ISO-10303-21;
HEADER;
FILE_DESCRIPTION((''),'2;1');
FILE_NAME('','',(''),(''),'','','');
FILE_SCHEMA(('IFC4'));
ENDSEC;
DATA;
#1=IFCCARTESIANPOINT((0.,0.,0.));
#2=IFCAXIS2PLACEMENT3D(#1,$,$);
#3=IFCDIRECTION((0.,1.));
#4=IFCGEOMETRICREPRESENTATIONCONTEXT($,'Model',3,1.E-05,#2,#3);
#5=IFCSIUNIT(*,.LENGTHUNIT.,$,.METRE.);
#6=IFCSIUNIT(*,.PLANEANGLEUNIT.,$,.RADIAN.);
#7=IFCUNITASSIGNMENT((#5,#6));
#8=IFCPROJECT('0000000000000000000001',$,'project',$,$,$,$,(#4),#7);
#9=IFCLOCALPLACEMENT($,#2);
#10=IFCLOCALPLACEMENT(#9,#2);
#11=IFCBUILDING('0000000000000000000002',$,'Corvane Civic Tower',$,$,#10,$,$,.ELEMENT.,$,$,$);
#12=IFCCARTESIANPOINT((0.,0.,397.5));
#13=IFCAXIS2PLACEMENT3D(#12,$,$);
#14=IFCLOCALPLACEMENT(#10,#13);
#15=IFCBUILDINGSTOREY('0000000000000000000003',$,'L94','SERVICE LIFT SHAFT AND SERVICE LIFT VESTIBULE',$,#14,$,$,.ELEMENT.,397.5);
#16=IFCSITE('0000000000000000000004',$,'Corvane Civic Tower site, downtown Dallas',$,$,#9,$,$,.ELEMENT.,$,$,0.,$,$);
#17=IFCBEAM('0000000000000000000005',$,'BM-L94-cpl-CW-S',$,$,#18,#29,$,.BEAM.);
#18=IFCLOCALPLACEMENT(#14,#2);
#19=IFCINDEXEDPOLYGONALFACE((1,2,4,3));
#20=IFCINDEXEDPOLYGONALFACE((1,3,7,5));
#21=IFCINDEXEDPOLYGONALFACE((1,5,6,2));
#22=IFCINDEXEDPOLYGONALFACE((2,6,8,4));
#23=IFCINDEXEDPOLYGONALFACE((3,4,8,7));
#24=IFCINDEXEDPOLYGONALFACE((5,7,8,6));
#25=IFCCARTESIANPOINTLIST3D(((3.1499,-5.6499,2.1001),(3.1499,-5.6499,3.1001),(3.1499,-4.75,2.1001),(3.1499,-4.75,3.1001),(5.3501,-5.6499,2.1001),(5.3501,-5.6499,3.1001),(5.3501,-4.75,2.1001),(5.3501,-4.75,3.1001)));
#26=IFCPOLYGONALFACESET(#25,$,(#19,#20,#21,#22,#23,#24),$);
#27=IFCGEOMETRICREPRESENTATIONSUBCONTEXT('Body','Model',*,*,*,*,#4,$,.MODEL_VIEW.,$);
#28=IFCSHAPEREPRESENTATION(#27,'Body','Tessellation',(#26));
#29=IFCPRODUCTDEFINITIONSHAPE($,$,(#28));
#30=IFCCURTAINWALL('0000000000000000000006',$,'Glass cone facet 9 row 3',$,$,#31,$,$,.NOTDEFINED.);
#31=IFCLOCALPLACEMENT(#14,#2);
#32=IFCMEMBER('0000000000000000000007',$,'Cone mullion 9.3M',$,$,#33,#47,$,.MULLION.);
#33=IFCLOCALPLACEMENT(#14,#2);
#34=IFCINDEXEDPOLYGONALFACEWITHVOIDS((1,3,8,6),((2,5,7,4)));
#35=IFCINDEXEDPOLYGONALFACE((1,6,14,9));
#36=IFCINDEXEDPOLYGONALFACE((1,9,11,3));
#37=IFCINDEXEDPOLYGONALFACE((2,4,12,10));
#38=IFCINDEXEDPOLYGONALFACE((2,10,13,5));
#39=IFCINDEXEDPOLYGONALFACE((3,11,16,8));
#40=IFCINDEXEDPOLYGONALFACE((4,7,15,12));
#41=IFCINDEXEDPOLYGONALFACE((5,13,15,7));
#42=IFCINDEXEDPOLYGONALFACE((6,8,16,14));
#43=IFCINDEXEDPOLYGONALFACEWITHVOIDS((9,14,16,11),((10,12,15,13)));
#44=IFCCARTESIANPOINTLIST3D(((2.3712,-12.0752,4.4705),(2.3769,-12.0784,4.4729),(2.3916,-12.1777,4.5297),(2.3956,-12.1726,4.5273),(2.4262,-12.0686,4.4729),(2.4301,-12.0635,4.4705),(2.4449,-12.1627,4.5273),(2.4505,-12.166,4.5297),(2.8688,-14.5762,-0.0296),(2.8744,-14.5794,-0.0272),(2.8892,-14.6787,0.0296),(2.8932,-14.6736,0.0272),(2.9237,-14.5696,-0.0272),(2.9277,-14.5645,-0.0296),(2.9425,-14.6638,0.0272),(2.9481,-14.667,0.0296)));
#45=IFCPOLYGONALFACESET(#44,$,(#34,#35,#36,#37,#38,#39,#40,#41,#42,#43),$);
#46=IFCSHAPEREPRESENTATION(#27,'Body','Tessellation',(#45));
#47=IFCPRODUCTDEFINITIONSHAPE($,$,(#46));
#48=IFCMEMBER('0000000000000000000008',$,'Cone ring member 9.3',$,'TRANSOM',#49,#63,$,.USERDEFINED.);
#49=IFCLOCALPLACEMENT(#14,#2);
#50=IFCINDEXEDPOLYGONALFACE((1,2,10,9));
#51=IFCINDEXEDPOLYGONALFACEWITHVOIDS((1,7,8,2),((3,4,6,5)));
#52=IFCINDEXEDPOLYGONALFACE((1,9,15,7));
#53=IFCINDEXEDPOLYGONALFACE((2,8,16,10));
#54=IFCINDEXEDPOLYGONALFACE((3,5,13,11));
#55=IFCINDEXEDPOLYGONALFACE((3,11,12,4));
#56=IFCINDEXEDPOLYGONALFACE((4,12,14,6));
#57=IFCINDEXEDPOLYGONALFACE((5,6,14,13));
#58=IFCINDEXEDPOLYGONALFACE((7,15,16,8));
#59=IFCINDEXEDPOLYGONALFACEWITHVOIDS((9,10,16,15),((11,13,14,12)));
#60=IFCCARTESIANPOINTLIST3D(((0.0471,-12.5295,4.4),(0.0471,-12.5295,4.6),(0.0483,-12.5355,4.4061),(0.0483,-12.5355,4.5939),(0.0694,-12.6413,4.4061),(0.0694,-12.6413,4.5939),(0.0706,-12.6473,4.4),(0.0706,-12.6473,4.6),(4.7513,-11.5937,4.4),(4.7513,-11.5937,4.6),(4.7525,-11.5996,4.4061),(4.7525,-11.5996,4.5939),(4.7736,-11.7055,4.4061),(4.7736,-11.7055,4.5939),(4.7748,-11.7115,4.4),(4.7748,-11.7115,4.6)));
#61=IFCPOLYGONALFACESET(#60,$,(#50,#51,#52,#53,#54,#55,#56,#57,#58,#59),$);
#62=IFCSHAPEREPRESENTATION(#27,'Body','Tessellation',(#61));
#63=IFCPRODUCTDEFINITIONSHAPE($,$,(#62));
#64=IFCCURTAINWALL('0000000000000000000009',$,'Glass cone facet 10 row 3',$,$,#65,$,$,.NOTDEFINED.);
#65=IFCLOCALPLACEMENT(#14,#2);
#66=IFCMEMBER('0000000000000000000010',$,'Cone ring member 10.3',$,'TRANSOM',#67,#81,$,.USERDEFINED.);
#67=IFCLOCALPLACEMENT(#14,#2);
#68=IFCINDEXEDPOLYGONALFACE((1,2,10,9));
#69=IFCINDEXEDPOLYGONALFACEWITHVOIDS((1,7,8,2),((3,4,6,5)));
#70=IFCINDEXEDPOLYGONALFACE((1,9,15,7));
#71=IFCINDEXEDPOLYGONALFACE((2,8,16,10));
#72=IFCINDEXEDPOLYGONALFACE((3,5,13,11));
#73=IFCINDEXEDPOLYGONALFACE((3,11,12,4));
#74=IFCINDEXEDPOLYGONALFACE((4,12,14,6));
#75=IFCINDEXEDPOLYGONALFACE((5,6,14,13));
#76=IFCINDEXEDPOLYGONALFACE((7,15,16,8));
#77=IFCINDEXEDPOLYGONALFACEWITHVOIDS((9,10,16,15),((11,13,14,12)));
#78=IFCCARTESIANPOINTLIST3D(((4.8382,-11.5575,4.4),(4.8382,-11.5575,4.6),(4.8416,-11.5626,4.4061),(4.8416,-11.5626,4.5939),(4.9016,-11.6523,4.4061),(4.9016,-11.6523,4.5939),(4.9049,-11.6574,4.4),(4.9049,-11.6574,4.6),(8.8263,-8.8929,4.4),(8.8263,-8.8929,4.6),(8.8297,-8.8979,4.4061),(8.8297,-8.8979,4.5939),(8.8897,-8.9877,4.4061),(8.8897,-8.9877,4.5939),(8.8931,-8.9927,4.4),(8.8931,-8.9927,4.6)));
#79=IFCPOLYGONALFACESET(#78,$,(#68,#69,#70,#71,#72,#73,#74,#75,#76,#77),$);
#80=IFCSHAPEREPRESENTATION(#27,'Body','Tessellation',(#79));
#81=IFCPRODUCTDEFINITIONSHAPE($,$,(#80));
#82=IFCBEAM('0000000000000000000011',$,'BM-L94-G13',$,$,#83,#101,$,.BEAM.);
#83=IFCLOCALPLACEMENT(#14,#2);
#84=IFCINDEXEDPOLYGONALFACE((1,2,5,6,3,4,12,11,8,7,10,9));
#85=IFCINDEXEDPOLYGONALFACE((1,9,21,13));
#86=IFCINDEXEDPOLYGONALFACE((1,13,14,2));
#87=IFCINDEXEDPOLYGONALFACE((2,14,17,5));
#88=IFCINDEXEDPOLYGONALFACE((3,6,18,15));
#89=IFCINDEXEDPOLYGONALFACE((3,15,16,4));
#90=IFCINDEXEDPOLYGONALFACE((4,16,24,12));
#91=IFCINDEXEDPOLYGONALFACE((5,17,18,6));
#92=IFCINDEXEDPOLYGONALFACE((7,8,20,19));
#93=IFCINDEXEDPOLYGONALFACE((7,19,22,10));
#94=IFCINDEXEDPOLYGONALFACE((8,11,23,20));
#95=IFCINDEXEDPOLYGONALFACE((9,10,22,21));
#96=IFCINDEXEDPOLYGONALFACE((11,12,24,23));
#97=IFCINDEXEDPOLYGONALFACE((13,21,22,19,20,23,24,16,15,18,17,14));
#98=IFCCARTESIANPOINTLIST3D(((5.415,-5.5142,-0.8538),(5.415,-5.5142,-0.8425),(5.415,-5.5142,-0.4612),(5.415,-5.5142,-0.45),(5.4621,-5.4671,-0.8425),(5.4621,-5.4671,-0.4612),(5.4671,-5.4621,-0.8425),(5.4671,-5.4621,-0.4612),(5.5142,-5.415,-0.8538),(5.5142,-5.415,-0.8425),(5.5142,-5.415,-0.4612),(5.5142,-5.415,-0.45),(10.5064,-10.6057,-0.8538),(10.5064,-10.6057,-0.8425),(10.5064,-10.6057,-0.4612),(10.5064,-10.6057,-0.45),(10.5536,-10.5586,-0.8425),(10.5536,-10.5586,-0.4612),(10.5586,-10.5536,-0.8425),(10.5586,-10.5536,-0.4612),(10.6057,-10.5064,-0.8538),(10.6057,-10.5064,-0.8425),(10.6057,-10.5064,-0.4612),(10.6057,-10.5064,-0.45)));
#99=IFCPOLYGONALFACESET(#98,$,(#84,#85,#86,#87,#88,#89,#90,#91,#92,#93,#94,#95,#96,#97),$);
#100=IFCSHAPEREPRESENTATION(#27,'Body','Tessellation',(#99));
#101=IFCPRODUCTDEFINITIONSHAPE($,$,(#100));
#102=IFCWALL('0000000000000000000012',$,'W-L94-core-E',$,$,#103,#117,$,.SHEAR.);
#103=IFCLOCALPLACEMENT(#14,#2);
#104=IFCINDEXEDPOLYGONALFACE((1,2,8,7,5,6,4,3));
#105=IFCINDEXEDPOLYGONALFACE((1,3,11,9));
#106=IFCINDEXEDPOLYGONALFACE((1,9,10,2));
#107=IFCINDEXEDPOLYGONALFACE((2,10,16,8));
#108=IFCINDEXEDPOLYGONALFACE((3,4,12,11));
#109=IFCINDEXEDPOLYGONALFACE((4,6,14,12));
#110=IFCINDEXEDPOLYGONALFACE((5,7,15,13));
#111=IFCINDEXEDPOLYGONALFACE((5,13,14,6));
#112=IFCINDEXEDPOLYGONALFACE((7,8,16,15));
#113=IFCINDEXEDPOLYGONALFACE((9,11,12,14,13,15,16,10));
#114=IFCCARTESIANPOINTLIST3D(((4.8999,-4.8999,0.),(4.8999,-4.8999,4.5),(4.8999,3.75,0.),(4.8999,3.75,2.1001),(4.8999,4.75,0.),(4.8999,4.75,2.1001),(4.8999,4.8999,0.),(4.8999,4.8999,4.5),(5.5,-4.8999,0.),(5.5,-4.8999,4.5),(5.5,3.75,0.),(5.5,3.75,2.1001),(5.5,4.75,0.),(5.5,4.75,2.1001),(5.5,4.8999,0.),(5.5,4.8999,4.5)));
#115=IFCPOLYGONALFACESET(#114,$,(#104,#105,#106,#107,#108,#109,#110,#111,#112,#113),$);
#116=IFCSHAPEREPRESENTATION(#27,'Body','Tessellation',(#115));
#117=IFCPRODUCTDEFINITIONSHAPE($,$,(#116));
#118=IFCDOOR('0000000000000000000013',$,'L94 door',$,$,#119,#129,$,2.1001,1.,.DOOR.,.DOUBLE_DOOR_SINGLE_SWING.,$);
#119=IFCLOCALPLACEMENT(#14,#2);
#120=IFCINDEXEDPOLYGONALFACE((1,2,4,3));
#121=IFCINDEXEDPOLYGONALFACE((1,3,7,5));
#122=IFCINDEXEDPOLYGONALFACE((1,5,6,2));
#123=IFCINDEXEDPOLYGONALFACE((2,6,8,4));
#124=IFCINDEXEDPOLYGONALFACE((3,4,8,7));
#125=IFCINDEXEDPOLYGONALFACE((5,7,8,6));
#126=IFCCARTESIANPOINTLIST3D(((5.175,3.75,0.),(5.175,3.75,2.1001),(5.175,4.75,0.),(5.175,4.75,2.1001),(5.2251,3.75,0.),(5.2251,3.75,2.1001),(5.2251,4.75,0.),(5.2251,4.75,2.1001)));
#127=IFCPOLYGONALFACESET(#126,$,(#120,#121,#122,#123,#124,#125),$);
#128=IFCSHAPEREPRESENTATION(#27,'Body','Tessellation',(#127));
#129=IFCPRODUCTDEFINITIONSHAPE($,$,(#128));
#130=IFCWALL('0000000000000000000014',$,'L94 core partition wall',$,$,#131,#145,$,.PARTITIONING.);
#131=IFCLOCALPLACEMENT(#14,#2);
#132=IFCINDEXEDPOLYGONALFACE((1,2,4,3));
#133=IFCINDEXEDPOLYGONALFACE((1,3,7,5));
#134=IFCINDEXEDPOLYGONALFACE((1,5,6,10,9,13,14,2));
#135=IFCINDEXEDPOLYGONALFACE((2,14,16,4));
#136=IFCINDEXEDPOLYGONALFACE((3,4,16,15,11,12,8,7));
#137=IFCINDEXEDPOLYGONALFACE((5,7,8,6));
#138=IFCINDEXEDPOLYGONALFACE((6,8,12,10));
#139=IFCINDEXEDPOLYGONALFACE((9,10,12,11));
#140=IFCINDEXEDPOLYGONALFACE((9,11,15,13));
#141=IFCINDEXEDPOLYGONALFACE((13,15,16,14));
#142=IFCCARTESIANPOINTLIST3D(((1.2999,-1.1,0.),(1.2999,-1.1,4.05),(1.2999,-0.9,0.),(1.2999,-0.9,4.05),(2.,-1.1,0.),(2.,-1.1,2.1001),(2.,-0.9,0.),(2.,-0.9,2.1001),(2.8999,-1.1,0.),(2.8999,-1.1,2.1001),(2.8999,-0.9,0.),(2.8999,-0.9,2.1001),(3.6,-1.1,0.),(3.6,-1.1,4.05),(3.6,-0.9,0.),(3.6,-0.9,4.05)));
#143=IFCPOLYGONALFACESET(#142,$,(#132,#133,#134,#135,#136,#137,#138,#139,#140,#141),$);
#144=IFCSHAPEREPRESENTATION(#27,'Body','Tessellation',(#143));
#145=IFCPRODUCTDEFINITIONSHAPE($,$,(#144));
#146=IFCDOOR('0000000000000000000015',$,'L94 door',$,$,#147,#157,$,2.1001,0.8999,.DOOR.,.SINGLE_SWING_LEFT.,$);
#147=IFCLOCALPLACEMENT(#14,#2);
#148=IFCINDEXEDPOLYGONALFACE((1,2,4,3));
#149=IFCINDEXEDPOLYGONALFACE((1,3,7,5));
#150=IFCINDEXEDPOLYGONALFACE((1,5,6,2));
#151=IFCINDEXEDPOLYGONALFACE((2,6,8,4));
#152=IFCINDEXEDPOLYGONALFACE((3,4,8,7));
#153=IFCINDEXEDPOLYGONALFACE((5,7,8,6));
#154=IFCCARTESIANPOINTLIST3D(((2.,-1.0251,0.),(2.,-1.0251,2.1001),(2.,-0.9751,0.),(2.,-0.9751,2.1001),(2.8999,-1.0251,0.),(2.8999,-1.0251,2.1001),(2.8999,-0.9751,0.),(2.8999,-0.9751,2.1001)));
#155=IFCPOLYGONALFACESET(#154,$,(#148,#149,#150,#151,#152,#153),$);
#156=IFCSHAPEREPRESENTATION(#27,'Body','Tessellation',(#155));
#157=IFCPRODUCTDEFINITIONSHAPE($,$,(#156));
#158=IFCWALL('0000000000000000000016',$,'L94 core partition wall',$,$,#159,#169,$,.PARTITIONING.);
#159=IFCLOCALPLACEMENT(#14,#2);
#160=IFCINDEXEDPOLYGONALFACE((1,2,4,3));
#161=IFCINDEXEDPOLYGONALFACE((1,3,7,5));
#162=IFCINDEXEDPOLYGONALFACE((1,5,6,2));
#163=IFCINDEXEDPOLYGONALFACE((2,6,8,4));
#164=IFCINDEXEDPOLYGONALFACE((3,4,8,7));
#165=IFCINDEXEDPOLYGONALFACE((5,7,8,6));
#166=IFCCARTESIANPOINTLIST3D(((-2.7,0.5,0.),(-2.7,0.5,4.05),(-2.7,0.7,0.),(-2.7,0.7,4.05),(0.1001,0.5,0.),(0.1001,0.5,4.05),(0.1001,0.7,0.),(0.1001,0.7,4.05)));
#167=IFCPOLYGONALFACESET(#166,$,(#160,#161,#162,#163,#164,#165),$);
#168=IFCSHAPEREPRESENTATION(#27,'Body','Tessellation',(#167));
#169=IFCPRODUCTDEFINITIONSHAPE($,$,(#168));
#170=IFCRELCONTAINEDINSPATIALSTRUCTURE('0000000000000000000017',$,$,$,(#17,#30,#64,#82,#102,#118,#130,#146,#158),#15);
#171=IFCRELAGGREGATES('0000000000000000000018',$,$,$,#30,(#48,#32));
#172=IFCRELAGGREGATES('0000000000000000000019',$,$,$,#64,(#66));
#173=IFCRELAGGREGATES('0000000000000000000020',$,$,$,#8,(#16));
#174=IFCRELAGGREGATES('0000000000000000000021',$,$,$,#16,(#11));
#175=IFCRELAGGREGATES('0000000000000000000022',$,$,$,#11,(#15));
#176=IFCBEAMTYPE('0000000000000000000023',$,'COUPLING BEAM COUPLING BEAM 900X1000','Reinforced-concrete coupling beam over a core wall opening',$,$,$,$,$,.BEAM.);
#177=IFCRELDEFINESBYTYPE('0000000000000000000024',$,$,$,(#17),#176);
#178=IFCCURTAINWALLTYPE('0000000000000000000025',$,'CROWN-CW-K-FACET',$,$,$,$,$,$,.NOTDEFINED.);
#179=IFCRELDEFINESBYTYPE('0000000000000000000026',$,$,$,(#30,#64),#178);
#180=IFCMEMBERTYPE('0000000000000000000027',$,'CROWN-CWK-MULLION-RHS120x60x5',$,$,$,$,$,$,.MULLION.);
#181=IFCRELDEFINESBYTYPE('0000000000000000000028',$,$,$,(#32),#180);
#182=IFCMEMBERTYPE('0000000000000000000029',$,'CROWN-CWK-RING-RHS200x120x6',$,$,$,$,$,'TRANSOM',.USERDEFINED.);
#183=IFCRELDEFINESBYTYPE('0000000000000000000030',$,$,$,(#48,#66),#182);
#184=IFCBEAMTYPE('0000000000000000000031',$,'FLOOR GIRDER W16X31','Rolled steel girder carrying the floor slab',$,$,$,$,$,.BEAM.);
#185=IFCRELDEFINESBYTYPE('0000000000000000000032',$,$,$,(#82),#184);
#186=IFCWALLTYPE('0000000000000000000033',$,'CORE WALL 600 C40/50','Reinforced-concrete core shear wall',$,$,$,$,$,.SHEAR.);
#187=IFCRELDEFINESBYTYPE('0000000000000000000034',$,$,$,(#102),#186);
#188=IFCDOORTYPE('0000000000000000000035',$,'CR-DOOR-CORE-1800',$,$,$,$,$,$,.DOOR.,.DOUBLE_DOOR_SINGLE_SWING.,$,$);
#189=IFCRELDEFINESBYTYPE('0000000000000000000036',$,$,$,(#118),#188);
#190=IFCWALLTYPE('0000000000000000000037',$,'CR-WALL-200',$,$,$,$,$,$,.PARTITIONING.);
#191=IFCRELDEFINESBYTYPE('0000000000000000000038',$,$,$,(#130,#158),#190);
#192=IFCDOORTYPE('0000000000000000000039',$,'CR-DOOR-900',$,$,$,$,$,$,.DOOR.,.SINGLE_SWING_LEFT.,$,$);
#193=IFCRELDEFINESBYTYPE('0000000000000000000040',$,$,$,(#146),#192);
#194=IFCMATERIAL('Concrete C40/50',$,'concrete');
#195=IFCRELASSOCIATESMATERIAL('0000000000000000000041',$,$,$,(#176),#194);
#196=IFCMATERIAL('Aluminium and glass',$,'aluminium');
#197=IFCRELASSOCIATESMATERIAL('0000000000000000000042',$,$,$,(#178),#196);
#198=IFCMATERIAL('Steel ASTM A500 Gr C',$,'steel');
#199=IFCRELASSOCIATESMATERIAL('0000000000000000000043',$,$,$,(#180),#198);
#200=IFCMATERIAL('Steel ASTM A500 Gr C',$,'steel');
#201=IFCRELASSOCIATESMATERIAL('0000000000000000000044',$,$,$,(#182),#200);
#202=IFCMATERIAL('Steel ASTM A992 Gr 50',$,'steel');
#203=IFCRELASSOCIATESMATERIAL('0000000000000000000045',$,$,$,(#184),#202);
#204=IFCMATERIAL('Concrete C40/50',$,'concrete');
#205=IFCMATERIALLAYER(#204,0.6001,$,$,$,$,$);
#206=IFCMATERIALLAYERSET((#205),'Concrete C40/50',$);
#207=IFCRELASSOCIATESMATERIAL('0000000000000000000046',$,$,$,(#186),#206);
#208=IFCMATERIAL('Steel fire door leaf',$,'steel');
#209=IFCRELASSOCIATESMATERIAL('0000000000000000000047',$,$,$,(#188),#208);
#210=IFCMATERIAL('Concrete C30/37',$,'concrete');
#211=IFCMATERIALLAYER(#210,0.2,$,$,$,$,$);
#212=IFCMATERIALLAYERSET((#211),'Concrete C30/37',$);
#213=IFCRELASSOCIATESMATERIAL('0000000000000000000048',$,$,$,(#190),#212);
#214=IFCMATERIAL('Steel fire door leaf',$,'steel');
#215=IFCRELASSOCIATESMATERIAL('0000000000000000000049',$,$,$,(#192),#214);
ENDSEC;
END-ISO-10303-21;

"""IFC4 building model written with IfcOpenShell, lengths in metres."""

from ifc_helpers import new_model, si_unit, direction, frame, frame_2d, origin, origin_2d, place, context, subcontext, project, spatial, polyline, rectangle, hollow_rectangle, i_section, outline, extrude, material, layer, layer_set, material_profile, profile_set, type_object, element, fill, aggregate, save


model = new_model("IFC4")

# Units and contexts
model_context = context("Model", 3, precision=1e-05, world=origin(), true_north=direction((0.0, 1.0)))
body_context = subcontext(model_context, "Body", "Model", "MODEL_VIEW")
ifc_project = project(units=[si_unit("LENGTHUNIT", "METRE"), si_unit("PLANEANGLEUNIT", "RADIAN")], contexts=[model_context])

# Site, building, storey
site_placement = place(None, origin())
site = spatial("IfcSite", under=ifc_project, at=site_placement, Name="Corvane Civic Tower site, downtown Dallas", CompositionType="ELEMENT", RefElevation=0.0)
building_placement = place(site_placement, origin())
building = spatial("IfcBuilding", under=site, at=building_placement, Name="Corvane Civic Tower", CompositionType="ELEMENT")
storey_placement = place(building_placement, frame((0.0, 0.0, 397.5)))
storey = spatial("IfcBuildingStorey", under=building, at=storey_placement, Name="L94", Description="SERVICE LIFT SHAFT AND SERVICE LIFT VESTIBULE", CompositionType="ELEMENT", Elevation=397.5)

# Beam
ifc_material_1 = material(Name="Concrete C40/50", Category="concrete")
ifc_material_profile_1 = material_profile(ifc_material_1, rectangle(XDim=0.8999, YDim=1.0, at=origin_2d()), Name="COUPLING BEAM 900X1000")
ifc_profile_set_1 = profile_set([ifc_material_profile_1], Name="Concrete C40/50")
beam_type_1 = type_object("IfcBeamType", Name="COUPLING BEAM COUPLING BEAM 900X1000", Description="Reinforced-concrete coupling beam over a core wall opening", PredefinedType="BEAM", material=ifc_profile_set_1)
beam_1_placement = place(storey_placement, frame((3.1499, -5.2, 2.6001), z_axis=(1.0, 0.0, 0.0), x_axis=(0.0, 1.0, 0.0)))
element("IfcBeam", 1, at=beam_1_placement, inside=storey, type_object=beam_type_1, Name="BM-L94-cpl-CW-S", PredefinedType="BEAM", context=body_context, shape_type="SweptSolid", body=[
    extrude(rectangle(XDim=0.8999, YDim=1.0, at=origin_2d()), origin(), (0.0, 0.0, 1.0), 2.2002),
])

# Curtain wall, members
ifc_material_2 = material(Name="Aluminium and glass", Category="aluminium")
curtain_wall_type = type_object("IfcCurtainWallType", Name="CROWN-CW-K-FACET", PredefinedType="NOTDEFINED", material=ifc_material_2)
curtain_wall_1_placement = place(storey_placement, origin())
curtain_wall_1 = element("IfcCurtainWall", 2, at=curtain_wall_1_placement, inside=storey, type_object=curtain_wall_type, Name="Glass cone facet 9 row 3", PredefinedType="NOTDEFINED")
ifc_material_3 = material(Name="Steel ASTM A500 Gr C", Category="steel")
ifc_material_profile_2 = material_profile(ifc_material_3, hollow_rectangle(XDim=0.0601, YDim=0.1201, WallThickness=0.0049, at=origin_2d()), Name="RHS 120x60x5")
ifc_profile_set_2 = profile_set([ifc_material_profile_2], Name="Steel ASTM A500 Gr C")
member_type_1 = type_object("IfcMemberType", Name="CROWN-CWK-MULLION-RHS120x60x5", PredefinedType="MULLION", material=ifc_profile_set_2)
member_1_placement = place(storey_placement, frame((2.9084, -14.6216, 0.0), z_axis=(-0.096197, 0.483535, 0.870023), x_axis=(-0.980779, -0.195122, 0.0)))
member_1 = element("IfcMember", 3, at=member_1_placement, type_object=member_type_1, Name="Cone mullion 9.3M", PredefinedType="MULLION", context=body_context, shape_type="SweptSolid", body=[
    extrude(hollow_rectangle(XDim=0.0601, YDim=0.1201, WallThickness=0.0049, at=origin_2d()), origin(), (0.0, 0.0, 1.0), 5.1724),
])
ifc_material_4 = material(Name="Steel ASTM A500 Gr C", Category="steel")
ifc_material_profile_3 = material_profile(ifc_material_4, hollow_rectangle(XDim=0.1201, YDim=0.2, WallThickness=0.0061, at=origin_2d()), Name="RHS 200x120x6")
ifc_profile_set_3 = profile_set([ifc_material_profile_3], Name="Steel ASTM A500 Gr C")
member_type_2 = type_object("IfcMemberType", Name="CROWN-CWK-RING-RHS200x120x6", ElementType="TRANSOM", PredefinedType="USERDEFINED", material=ifc_profile_set_3)
member_2_placement = place(storey_placement, frame((0.0588, -12.5884, 4.5), z_axis=(0.980782, 0.195108, 0.0), x_axis=(-0.195108, 0.980782, 0.0)))
member_2 = element("IfcMember", 4, at=member_2_placement, type_object=member_type_2, Name="Cone ring member 9.3", ObjectType="TRANSOM", PredefinedType="USERDEFINED", context=body_context, shape_type="SweptSolid", body=[
    extrude(hollow_rectangle(XDim=0.1201, YDim=0.2, WallThickness=0.0061, at=origin_2d()), origin(), (0.0, 0.0, 1.0), 4.7964),
])
aggregate(curtain_wall_1, [member_2, member_1])

# Curtain wall, member
curtain_wall_2_placement = place(storey_placement, origin())
curtain_wall_2 = element("IfcCurtainWall", 5, at=curtain_wall_2_placement, inside=storey, type_object=curtain_wall_type, Name="Glass cone facet 10 row 3", PredefinedType="NOTDEFINED")
member_3_placement = place(storey_placement, frame((4.8716, -11.6074, 4.5), z_axis=(0.831486, 0.555546, 0.0), x_axis=(-0.555546, 0.831486, 0.0)))
member_3 = element("IfcMember", 6, at=member_3_placement, type_object=member_type_2, Name="Cone ring member 10.3", ObjectType="TRANSOM", PredefinedType="USERDEFINED", context=body_context, shape_type="SweptSolid", body=[
    extrude(hollow_rectangle(XDim=0.1201, YDim=0.2, WallThickness=0.0061, at=origin_2d()), origin(), (0.0, 0.0, 1.0), 4.7964),
])
aggregate(curtain_wall_2, [member_3])

# Beam
ifc_material_5 = material(Name="Steel ASTM A992 Gr 50", Category="steel")
ifc_material_profile_4 = material_profile(ifc_material_5, i_section(OverallWidth=0.1404, OverallDepth=0.4038, WebThickness=0.0071, FlangeThickness=0.0112, at=origin_2d()), Name="W16X31")
ifc_profile_set_4 = profile_set([ifc_material_profile_4], Name="Steel ASTM A992 Gr 50")
beam_type_2 = type_object("IfcBeamType", Name="FLOOR GIRDER W16X31", Description="Rolled steel girder carrying the floor slab", PredefinedType="BEAM", material=ifc_profile_set_4)
beam_2_placement = place(storey_placement, frame((5.4646, -5.4646, -0.6519), z_axis=(0.707107, -0.707107, 0.0), x_axis=(0.707107, 0.707107, 0.0)))
element("IfcBeam", 7, at=beam_2_placement, inside=storey, type_object=beam_type_2, Name="BM-L94-G13", PredefinedType="BEAM", context=body_context, shape_type="SweptSolid", body=[
    extrude(i_section(OverallWidth=0.1404, OverallDepth=0.4038, WebThickness=0.0071, FlangeThickness=0.0112, at=origin_2d()), origin(), (0.0, 0.0, 1.0), 7.2004),
])

# Walls, openings, doors
ifc_material_6 = material(Name="Concrete C40/50", Category="concrete")
ifc_layer_1 = layer(ifc_material_6, 0.6001)
ifc_layer_set_1 = layer_set([ifc_layer_1], Name="Concrete C40/50")
wall_type_1 = type_object("IfcWallType", Name="CORE WALL 600 C40/50", Description="Reinforced-concrete core shear wall", PredefinedType="SHEAR", material=ifc_layer_set_1)
wall_1_placement = place(storey_placement, frame((5.2, -4.8999, 0.0), z_axis=(0.0, 0.0, 1.0), x_axis=(0.0, 1.0, 0.0)))
wall_1 = element("IfcWall", 8, at=wall_1_placement, inside=storey, type_object=wall_type_1, Name="W-L94-core-E", PredefinedType="SHEAR", context=body_context, shape_type="SweptSolid", body=[
    extrude(rectangle(XDim=9.7998, YDim=0.6001, at=frame_2d((4.8999, 0.0))), origin(), (0.0, 0.0, 1.0), 4.5),
])
opening_1_placement = place(wall_1_placement, frame((8.6499, 0.0, 0.0)))
opening_1 = element("IfcOpeningElement", 9, at=opening_1_placement, cuts=wall_1, PredefinedType="OPENING", context=body_context, shape_type="SweptSolid", body=[
    extrude(rectangle(XDim=1.0, YDim=2.1001, at=frame_2d((0.5, 1.05))), frame((0.0, 0.3101, 0.0), z_axis=(0.0, -1.0, 0.0), x_axis=(1.0, 0.0, 0.0)), (0.0, 0.0, 1.0), 0.6201),
])
ifc_material_7 = material(Name="Steel fire door leaf", Category="steel")
door_type_1 = type_object("IfcDoorType", Name="CR-DOOR-CORE-1800", OperationType="DOUBLE_DOOR_SINGLE_SWING", PredefinedType="DOOR", material=ifc_material_7)
door_1_placement = place(opening_1_placement, origin())
door_1 = element("IfcDoor", 10, at=door_1_placement, inside=storey, type_object=door_type_1, Name="L94 door", OperationType="DOUBLE_DOOR_SINGLE_SWING", OverallHeight=2.1001, OverallWidth=1.0, PredefinedType="DOOR", context=body_context, shape_type="SweptSolid", body=[
    extrude(rectangle(XDim=1.0, YDim=2.1001, at=frame_2d((0.5, 1.05))), frame((0.0, 0.0249, 0.0), z_axis=(0.0, -1.0, 0.0), x_axis=(1.0, 0.0, 0.0)), (0.0, 0.0, 1.0), 0.05),
])
fill(opening_1, door_1)
ifc_material_8 = material(Name="Concrete C30/37", Category="concrete")
ifc_layer_2 = layer(ifc_material_8, 0.2)
ifc_layer_set_2 = layer_set([ifc_layer_2], Name="Concrete C30/37")
wall_type_2 = type_object("IfcWallType", Name="CR-WALL-200", PredefinedType="PARTITIONING", material=ifc_layer_set_2)
wall_2_placement = place(storey_placement, frame((1.3, -1.0, 0.0), z_axis=(0.0, 0.0, 1.0), x_axis=(1.0, 0.0, 0.0)))
wall_2 = element("IfcWall", 11, at=wall_2_placement, inside=storey, type_object=wall_type_2, Name="L94 core partition wall", PredefinedType="PARTITIONING", context=body_context, shape_type="SweptSolid", body=[
    extrude(rectangle(XDim=2.3, YDim=0.2, at=frame_2d((1.1499, 0.0))), origin(), (0.0, 0.0, 1.0), 4.05),
])
opening_2_placement = place(wall_2_placement, frame((0.7, 0.0, 0.0)))
opening_2 = element("IfcOpeningElement", 12, at=opening_2_placement, cuts=wall_2, PredefinedType="OPENING", context=body_context, shape_type="SweptSolid", body=[
    extrude(rectangle(XDim=0.8999, YDim=2.1001, at=frame_2d((0.45, 1.05))), frame((0.0, 0.1099, 0.0), z_axis=(0.0, -1.0, 0.0), x_axis=(1.0, 0.0, 0.0)), (0.0, 0.0, 1.0), 0.22),
])
ifc_material_9 = material(Name="Steel fire door leaf", Category="steel")
door_type_2 = type_object("IfcDoorType", Name="CR-DOOR-900", OperationType="SINGLE_SWING_LEFT", PredefinedType="DOOR", material=ifc_material_9)
door_2_placement = place(opening_2_placement, origin())
door_2 = element("IfcDoor", 13, at=door_2_placement, inside=storey, type_object=door_type_2, Name="L94 door", OperationType="SINGLE_SWING_LEFT", OverallHeight=2.1001, OverallWidth=0.8999, PredefinedType="DOOR", context=body_context, shape_type="SweptSolid", body=[
    extrude(rectangle(XDim=0.8999, YDim=2.1001, at=frame_2d((0.45, 1.05))), frame((0.0, 0.0249, 0.0), z_axis=(0.0, -1.0, 0.0), x_axis=(1.0, 0.0, 0.0)), (0.0, 0.0, 1.0), 0.05),
])
fill(opening_2, door_2)

# Wall
wall_3_placement = place(storey_placement, origin())
element("IfcWall", 14, at=wall_3_placement, inside=storey, type_object=wall_type_2, Name="L94 core partition wall", PredefinedType="PARTITIONING", context=body_context, shape_type="SweptSolid", body=[
    extrude(outline(polyline([(0.1001, 0.7), (0.1001, 0.5), (-2.7, 0.5), (-2.7, 0.7), (0.1001, 0.7)])), origin(), (0.0, 0.0, 1.0), 4.05),
])

save(model, "model.ifc")
